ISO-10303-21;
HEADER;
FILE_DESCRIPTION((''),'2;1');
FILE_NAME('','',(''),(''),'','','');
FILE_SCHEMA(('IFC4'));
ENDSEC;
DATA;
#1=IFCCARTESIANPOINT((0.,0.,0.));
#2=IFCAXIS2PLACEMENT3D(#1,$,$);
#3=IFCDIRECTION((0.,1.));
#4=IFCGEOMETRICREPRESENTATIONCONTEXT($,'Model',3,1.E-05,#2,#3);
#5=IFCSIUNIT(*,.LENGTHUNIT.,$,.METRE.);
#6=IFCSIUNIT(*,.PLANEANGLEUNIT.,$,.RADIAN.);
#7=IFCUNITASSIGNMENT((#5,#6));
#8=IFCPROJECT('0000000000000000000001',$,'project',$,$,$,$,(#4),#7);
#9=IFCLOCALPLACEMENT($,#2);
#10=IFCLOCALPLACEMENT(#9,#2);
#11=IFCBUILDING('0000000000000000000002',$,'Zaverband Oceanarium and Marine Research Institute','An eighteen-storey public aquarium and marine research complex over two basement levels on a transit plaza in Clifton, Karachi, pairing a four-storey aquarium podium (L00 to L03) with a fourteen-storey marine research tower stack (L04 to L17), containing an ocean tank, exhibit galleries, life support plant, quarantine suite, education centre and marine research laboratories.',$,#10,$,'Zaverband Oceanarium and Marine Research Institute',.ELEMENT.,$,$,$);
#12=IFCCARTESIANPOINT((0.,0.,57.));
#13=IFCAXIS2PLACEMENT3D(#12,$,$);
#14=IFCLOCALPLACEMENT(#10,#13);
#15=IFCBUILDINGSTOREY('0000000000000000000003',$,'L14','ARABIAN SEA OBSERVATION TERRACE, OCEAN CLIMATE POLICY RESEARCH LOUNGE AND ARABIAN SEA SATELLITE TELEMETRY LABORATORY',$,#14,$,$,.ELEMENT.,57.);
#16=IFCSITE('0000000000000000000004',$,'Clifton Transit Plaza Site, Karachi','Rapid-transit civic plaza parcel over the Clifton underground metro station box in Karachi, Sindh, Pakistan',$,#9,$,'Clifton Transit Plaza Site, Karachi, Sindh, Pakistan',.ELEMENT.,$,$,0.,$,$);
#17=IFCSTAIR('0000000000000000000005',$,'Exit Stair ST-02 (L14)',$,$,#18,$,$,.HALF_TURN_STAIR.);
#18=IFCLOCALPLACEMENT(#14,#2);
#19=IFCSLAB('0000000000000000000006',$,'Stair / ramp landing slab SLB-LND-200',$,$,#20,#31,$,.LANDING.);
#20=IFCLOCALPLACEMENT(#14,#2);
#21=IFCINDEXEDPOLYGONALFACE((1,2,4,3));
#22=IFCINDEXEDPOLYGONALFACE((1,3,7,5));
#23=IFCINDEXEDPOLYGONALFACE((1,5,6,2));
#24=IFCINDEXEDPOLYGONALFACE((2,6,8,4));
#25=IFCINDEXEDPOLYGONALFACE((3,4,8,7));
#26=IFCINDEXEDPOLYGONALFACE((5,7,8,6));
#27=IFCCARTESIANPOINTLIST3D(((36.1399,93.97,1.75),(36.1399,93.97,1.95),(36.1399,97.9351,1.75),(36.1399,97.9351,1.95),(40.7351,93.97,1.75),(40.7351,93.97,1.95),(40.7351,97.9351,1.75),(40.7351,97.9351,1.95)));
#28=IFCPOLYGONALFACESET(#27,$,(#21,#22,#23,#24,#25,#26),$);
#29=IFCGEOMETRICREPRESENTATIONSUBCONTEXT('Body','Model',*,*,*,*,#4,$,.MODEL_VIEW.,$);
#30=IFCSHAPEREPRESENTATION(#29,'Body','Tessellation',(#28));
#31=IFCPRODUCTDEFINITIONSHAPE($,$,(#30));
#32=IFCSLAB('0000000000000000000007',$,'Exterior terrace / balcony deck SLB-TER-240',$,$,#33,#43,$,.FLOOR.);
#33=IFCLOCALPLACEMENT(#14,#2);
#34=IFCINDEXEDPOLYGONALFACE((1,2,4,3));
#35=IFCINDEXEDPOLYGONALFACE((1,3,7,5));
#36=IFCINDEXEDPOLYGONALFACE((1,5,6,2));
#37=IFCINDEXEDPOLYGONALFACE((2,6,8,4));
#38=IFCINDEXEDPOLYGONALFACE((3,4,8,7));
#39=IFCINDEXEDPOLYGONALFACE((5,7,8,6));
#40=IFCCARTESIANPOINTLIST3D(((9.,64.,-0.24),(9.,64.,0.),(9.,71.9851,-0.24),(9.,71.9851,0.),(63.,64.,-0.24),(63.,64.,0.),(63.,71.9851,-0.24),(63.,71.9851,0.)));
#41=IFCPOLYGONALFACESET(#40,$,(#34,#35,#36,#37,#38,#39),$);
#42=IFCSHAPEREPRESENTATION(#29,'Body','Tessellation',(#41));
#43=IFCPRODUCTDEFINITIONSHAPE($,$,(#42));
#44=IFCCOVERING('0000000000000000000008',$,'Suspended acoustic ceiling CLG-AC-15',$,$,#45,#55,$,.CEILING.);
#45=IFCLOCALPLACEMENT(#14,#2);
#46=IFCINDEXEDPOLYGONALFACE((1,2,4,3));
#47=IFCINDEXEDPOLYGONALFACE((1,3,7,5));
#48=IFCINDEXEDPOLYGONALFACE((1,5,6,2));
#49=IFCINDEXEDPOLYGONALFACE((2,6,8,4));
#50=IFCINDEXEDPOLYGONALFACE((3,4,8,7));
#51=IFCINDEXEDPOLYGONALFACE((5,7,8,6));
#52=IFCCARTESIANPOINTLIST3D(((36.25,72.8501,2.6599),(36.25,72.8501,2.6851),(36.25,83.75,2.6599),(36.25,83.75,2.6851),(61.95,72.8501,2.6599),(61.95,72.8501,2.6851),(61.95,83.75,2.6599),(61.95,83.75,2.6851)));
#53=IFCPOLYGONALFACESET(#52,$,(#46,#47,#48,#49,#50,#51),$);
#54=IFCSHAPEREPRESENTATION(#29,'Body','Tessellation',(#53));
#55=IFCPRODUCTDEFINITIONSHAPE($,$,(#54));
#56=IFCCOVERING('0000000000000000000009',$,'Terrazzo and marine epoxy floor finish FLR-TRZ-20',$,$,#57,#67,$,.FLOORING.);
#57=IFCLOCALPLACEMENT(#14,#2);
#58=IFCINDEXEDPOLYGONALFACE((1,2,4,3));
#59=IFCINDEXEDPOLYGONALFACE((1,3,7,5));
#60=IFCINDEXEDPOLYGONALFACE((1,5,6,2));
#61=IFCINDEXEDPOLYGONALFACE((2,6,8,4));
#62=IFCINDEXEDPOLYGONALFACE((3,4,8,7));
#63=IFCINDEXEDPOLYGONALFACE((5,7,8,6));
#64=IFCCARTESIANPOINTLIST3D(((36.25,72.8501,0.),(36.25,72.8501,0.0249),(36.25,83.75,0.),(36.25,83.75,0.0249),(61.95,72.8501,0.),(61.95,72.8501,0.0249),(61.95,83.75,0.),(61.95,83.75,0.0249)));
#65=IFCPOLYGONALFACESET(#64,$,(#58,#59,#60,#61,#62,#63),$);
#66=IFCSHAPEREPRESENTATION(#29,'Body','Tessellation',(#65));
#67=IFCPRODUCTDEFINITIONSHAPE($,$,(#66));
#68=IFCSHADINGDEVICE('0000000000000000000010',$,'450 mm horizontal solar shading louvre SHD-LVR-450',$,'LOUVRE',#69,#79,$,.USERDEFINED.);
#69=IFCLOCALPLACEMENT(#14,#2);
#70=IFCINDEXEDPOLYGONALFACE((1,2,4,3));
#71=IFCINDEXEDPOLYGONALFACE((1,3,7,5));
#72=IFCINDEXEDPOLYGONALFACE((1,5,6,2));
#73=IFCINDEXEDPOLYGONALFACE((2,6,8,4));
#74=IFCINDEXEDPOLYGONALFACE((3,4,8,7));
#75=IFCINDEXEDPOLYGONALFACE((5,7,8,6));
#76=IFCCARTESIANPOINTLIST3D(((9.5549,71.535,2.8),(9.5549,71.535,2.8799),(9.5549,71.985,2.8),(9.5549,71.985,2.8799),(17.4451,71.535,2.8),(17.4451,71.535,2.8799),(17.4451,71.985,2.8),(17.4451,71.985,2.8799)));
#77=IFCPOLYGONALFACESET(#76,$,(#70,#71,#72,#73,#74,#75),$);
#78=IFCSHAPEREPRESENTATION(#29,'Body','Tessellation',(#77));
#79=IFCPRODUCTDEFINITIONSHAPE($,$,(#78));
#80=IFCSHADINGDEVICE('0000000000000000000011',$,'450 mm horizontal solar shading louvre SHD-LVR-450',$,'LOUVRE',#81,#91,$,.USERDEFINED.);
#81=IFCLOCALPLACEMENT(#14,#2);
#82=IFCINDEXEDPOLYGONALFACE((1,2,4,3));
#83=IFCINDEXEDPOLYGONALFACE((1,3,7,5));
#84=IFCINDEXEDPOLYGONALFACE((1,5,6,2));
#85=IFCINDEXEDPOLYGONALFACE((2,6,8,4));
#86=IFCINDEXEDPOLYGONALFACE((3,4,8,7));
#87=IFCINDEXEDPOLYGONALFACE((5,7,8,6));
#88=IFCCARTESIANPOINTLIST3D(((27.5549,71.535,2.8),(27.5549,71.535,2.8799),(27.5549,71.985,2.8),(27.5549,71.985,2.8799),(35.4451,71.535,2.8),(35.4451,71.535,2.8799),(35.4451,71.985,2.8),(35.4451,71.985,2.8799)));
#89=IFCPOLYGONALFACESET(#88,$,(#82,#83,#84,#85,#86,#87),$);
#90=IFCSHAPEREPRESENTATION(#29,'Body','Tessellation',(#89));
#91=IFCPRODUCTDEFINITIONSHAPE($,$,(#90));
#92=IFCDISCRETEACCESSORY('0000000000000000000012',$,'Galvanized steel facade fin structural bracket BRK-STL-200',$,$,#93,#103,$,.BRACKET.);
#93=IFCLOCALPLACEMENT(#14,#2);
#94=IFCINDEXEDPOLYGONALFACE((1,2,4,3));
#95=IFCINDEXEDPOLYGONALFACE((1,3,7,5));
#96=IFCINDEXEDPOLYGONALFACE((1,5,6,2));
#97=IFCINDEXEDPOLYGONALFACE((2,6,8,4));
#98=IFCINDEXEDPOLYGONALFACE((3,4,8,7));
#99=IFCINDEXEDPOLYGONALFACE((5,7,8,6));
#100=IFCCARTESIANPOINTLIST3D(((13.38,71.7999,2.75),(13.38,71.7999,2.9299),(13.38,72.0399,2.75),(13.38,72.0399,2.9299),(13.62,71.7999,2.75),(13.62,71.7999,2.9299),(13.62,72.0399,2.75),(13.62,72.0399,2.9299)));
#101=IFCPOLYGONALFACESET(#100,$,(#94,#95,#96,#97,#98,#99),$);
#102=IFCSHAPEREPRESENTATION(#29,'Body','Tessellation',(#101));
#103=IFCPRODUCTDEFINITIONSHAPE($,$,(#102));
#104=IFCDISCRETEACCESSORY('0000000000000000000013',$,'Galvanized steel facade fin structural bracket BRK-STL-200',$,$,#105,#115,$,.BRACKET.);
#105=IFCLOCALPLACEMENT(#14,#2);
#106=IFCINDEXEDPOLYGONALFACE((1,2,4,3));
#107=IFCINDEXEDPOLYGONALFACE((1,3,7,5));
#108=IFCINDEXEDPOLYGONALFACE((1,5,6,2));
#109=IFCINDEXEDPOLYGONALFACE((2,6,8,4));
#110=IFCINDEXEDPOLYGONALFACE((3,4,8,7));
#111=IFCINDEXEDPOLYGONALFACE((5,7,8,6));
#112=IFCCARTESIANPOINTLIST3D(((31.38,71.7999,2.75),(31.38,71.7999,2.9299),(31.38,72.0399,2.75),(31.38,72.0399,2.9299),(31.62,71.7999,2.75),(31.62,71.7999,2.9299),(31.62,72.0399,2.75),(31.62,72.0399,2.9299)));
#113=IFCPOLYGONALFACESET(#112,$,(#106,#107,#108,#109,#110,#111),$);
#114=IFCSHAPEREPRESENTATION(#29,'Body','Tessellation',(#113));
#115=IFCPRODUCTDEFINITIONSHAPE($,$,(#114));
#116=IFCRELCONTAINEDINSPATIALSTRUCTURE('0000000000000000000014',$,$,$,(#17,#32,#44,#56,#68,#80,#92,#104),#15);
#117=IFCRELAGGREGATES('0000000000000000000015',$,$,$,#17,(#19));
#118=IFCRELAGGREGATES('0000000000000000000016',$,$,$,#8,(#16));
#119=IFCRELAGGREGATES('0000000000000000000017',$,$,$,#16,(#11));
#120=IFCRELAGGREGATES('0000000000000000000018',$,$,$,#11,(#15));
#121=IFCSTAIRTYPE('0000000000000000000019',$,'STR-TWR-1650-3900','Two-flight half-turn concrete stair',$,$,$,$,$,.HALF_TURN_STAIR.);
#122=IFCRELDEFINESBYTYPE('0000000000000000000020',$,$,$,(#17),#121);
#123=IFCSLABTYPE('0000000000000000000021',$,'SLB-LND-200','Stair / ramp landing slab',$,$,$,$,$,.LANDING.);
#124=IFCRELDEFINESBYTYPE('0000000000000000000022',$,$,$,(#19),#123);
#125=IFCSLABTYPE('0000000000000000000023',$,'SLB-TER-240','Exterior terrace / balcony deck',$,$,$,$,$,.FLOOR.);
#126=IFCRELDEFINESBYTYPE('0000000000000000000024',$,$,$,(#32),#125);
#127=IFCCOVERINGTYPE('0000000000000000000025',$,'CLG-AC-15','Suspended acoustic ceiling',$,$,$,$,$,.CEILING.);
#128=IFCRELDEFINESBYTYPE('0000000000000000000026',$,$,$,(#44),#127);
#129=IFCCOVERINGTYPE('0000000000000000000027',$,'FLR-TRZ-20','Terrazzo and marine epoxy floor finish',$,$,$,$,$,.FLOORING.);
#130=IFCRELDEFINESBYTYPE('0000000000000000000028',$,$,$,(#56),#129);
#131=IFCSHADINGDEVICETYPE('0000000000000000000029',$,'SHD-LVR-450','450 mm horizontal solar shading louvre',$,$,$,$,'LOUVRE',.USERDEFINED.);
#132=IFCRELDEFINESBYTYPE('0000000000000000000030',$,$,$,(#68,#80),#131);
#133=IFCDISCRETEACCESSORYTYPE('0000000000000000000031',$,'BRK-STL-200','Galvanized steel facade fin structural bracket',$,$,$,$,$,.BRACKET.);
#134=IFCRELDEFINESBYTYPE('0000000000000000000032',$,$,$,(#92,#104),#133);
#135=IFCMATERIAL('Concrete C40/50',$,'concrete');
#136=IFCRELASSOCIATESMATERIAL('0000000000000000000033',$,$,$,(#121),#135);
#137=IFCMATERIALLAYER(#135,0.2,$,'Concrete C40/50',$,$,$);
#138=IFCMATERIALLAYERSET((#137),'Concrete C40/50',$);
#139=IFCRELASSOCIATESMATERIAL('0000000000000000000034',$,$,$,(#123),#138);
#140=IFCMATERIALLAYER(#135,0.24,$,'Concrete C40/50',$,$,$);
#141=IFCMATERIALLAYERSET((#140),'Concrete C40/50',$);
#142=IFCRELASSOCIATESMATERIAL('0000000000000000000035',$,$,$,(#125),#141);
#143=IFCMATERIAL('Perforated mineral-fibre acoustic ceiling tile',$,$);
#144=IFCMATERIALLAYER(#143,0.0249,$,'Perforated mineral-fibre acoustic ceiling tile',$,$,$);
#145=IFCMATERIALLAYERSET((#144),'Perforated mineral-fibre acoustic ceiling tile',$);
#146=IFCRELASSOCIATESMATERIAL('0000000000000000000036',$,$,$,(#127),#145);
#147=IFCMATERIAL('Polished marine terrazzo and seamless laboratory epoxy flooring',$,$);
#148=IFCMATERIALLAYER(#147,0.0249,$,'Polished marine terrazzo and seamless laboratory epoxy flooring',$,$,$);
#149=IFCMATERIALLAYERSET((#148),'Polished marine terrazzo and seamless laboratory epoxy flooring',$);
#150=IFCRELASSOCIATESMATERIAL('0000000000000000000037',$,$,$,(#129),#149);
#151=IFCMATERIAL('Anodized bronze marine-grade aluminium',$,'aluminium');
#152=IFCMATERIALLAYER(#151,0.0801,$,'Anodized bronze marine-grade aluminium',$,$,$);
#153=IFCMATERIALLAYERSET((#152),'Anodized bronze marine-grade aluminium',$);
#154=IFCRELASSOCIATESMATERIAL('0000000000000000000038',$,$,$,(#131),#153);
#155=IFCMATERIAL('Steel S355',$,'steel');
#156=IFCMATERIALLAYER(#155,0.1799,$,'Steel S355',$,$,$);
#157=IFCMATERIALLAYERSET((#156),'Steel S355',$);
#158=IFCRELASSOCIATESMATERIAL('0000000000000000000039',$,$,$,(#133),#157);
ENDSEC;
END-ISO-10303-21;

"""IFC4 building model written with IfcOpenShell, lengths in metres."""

from ifc_helpers import new_model, si_unit, direction, frame, frame_2d, origin, origin_2d, place, context, subcontext, project, spatial, polyline, rectangle, outline, extrude, material, layer, layer_set, type_object, element, aggregate, save


model = new_model("IFC4")

# Units and contexts
model_context = context("Model", 3, precision=1e-05, world=origin(), true_north=direction((0.0, 1.0)))
body_context = subcontext(model_context, "Body", "Model", "MODEL_VIEW")
ifc_project = project(units=[si_unit("LENGTHUNIT", "METRE"), si_unit("PLANEANGLEUNIT", "RADIAN")], contexts=[model_context])

# Site, building, storey
site_placement = place(None, origin())
site = spatial("IfcSite", under=ifc_project, at=site_placement, Name="Clifton Transit Plaza Site, Karachi", Description="Rapid-transit civic plaza parcel over the Clifton underground metro station box in Karachi, Sindh, Pakistan", LongName="Clifton Transit Plaza Site, Karachi, Sindh, Pakistan", CompositionType="ELEMENT", RefElevation=0.0)
building_placement = place(site_placement, origin())
building = spatial("IfcBuilding", under=site, at=building_placement, Name="Zaverband Oceanarium and Marine Research Institute", Description="An eighteen-storey public aquarium and marine research complex over two basement levels on a transit plaza in Clifton, Karachi, pairing a four-storey aquarium podium (L00 to L03) with a fourteen-storey marine research tower stack (L04 to L17), containing an ocean tank, exhibit galleries, life support plant, quarantine suite, education centre and marine research laboratories.", LongName="Zaverband Oceanarium and Marine Research Institute", CompositionType="ELEMENT")
storey_placement = place(building_placement, frame((0.0, 0.0, 57.0)))
storey = spatial("IfcBuildingStorey", under=building, at=storey_placement, Name="L14", Description="ARABIAN SEA OBSERVATION TERRACE, OCEAN CLIMATE POLICY RESEARCH LOUNGE AND ARABIAN SEA SATELLITE TELEMETRY LABORATORY", CompositionType="ELEMENT", Elevation=57.0)

# Shared definitions
ifc_material_1 = material(Name="Concrete C40/50", Category="concrete")

# Stair, slab
stair_type = type_object("IfcStairType", Name="STR-TWR-1650-3900", Description="Two-flight half-turn concrete stair", PredefinedType="HALF_TURN_STAIR", material=ifc_material_1)
ifc_layer_1 = layer(ifc_material_1, 0.2, Name="Concrete C40/50")
ifc_layer_set_1 = layer_set([ifc_layer_1], Name="Concrete C40/50")
slab_type_1 = type_object("IfcSlabType", Name="SLB-LND-200", Description="Stair / ramp landing slab", PredefinedType="LANDING", material=ifc_layer_set_1)
stair_1_placement = place(storey_placement, origin())
stair_1 = element("IfcStair", 1, at=stair_1_placement, inside=storey, type_object=stair_type, Name="Exit Stair ST-02 (L14)", PredefinedType="HALF_TURN_STAIR")
slab_1_placement = place(storey_placement, frame((0.0, 0.0, 1.75)))
slab_1 = element("IfcSlab", 2, at=slab_1_placement, type_object=slab_type_1, Name="Stair / ramp landing slab SLB-LND-200", PredefinedType="LANDING", context=body_context, shape_type="SweptSolid", body=[
    extrude(outline(polyline([(36.1399, 93.97), (40.7351, 93.97), (40.7351, 97.9351), (36.1399, 97.9351), (36.1399, 93.97)])), origin(), (0.0, 0.0, 1.0), 0.2),
])
aggregate(stair_1, [slab_1])

# Slab
ifc_layer_2 = layer(ifc_material_1, 0.24, Name="Concrete C40/50")
ifc_layer_set_2 = layer_set([ifc_layer_2], Name="Concrete C40/50")
slab_type_2 = type_object("IfcSlabType", Name="SLB-TER-240", Description="Exterior terrace / balcony deck", PredefinedType="FLOOR", material=ifc_layer_set_2)
slab_2_placement = place(storey_placement, frame((0.0, 0.0, -0.24)))
element("IfcSlab", 3, at=slab_2_placement, inside=storey, type_object=slab_type_2, Name="Exterior terrace / balcony deck SLB-TER-240", PredefinedType="FLOOR", context=body_context, shape_type="SweptSolid", body=[
    extrude(outline(polyline([(9.0, 64.0), (63.0, 64.0), (63.0, 71.9851), (9.0, 71.9851), (9.0, 64.0)])), origin(), (0.0, 0.0, 1.0), 0.24),
])

# Coverings
ifc_material_2 = material(Name="Perforated mineral-fibre acoustic ceiling tile")
ifc_layer_3 = layer(ifc_material_2, 0.0249, Name="Perforated mineral-fibre acoustic ceiling tile")
ifc_layer_set_3 = layer_set([ifc_layer_3], Name="Perforated mineral-fibre acoustic ceiling tile")
covering_type_1 = type_object("IfcCoveringType", Name="CLG-AC-15", Description="Suspended acoustic ceiling", PredefinedType="CEILING", material=ifc_layer_set_3)
covering_1_placement = place(storey_placement, frame((0.0, 0.0, 2.6599)))
element("IfcCovering", 4, at=covering_1_placement, inside=storey, type_object=covering_type_1, Name="Suspended acoustic ceiling CLG-AC-15", PredefinedType="CEILING", context=body_context, shape_type="SweptSolid", body=[
    extrude(outline(polyline([(36.25, 72.8501), (61.95, 72.8501), (61.95, 83.75), (36.25, 83.75), (36.25, 72.8501)])), origin(), (0.0, 0.0, 1.0), 0.0251),
])
ifc_material_3 = material(Name="Polished marine terrazzo and seamless laboratory epoxy flooring")
ifc_layer_4 = layer(ifc_material_3, 0.0249, Name="Polished marine terrazzo and seamless laboratory epoxy flooring")
ifc_layer_set_4 = layer_set([ifc_layer_4], Name="Polished marine terrazzo and seamless laboratory epoxy flooring")
covering_type_2 = type_object("IfcCoveringType", Name="FLR-TRZ-20", Description="Terrazzo and marine epoxy floor finish", PredefinedType="FLOORING", material=ifc_layer_set_4)
covering_2_placement = place(storey_placement, origin())
element("IfcCovering", 5, at=covering_2_placement, inside=storey, type_object=covering_type_2, Name="Terrazzo and marine epoxy floor finish FLR-TRZ-20", PredefinedType="FLOORING", context=body_context, shape_type="SweptSolid", body=[
    extrude(outline(polyline([(36.25, 72.8501), (61.95, 72.8501), (61.95, 83.75), (36.25, 83.75), (36.25, 72.8501)])), origin(), (0.0, 0.0, 1.0), 0.0249),
])

# Shared definitions
ifc_material_4 = material(Name="Steel S355", Category="steel")

# Shading devices
ifc_material_5 = material(Name="Anodized bronze marine-grade aluminium", Category="aluminium")
ifc_layer_5 = layer(ifc_material_5, 0.0801, Name="Anodized bronze marine-grade aluminium")
ifc_layer_set_5 = layer_set([ifc_layer_5], Name="Anodized bronze marine-grade aluminium")
shading_device_type = type_object("IfcShadingDeviceType", Name="SHD-LVR-450", Description="450 mm horizontal solar shading louvre", ElementType="LOUVRE", PredefinedType="USERDEFINED", material=ifc_layer_set_5)
for number, where, z_axis, x_axis, name in (
    (6, (9.5549, 71.76, 2.8), (0.0, 0.0, 1.0), (1.0, 0.0, 0.0), "450 mm horizontal solar shading louvre SHD-LVR-450"),
    (7, (27.5549, 71.76, 2.8), (0.0, 0.0, 1.0), (1.0, 0.0, 0.0), "450 mm horizontal solar shading louvre SHD-LVR-450"),
):
    element("IfcShadingDevice", number, at=place(storey_placement, frame(where, z_axis=z_axis, x_axis=x_axis)), inside=storey, type_object=shading_device_type, Name=name, ObjectType="LOUVRE", PredefinedType="USERDEFINED", context=body_context, shape_type="SweptSolid", body=[
        extrude(rectangle(XDim=7.8901, YDim=0.45, at=frame_2d((3.9451, 0.0))), origin(), (0.0, 0.0, 1.0), 0.0798),
    ])

# Discrete accessories
ifc_layer_6 = layer(ifc_material_4, 0.1799, Name="Steel S355")
ifc_layer_set_6 = layer_set([ifc_layer_6], Name="Steel S355")
discrete_accessory_type = type_object("IfcDiscreteAccessoryType", Name="BRK-STL-200", Description="Galvanized steel facade fin structural bracket", PredefinedType="BRACKET", material=ifc_layer_set_6)
for number, where, z_axis, x_axis, name in (
    (8, (13.5, 71.9199, 2.75), (0.0, 0.0, 1.0), (1.0, 0.0, 0.0), "Galvanized steel facade fin structural bracket BRK-STL-200"),
    (9, (31.5, 71.9199, 2.75), (0.0, 0.0, 1.0), (1.0, 0.0, 0.0), "Galvanized steel facade fin structural bracket BRK-STL-200"),
):
    element("IfcDiscreteAccessory", number, at=place(storey_placement, frame(where, z_axis=z_axis, x_axis=x_axis)), inside=storey, type_object=discrete_accessory_type, Name=name, PredefinedType="BRACKET", context=body_context, shape_type="SweptSolid", body=[
        extrude(rectangle(XDim=0.24, YDim=0.24, at=origin_2d()), origin(), (0.0, 0.0, 1.0), 0.1799),
    ])

save(model, "model.ifc")
